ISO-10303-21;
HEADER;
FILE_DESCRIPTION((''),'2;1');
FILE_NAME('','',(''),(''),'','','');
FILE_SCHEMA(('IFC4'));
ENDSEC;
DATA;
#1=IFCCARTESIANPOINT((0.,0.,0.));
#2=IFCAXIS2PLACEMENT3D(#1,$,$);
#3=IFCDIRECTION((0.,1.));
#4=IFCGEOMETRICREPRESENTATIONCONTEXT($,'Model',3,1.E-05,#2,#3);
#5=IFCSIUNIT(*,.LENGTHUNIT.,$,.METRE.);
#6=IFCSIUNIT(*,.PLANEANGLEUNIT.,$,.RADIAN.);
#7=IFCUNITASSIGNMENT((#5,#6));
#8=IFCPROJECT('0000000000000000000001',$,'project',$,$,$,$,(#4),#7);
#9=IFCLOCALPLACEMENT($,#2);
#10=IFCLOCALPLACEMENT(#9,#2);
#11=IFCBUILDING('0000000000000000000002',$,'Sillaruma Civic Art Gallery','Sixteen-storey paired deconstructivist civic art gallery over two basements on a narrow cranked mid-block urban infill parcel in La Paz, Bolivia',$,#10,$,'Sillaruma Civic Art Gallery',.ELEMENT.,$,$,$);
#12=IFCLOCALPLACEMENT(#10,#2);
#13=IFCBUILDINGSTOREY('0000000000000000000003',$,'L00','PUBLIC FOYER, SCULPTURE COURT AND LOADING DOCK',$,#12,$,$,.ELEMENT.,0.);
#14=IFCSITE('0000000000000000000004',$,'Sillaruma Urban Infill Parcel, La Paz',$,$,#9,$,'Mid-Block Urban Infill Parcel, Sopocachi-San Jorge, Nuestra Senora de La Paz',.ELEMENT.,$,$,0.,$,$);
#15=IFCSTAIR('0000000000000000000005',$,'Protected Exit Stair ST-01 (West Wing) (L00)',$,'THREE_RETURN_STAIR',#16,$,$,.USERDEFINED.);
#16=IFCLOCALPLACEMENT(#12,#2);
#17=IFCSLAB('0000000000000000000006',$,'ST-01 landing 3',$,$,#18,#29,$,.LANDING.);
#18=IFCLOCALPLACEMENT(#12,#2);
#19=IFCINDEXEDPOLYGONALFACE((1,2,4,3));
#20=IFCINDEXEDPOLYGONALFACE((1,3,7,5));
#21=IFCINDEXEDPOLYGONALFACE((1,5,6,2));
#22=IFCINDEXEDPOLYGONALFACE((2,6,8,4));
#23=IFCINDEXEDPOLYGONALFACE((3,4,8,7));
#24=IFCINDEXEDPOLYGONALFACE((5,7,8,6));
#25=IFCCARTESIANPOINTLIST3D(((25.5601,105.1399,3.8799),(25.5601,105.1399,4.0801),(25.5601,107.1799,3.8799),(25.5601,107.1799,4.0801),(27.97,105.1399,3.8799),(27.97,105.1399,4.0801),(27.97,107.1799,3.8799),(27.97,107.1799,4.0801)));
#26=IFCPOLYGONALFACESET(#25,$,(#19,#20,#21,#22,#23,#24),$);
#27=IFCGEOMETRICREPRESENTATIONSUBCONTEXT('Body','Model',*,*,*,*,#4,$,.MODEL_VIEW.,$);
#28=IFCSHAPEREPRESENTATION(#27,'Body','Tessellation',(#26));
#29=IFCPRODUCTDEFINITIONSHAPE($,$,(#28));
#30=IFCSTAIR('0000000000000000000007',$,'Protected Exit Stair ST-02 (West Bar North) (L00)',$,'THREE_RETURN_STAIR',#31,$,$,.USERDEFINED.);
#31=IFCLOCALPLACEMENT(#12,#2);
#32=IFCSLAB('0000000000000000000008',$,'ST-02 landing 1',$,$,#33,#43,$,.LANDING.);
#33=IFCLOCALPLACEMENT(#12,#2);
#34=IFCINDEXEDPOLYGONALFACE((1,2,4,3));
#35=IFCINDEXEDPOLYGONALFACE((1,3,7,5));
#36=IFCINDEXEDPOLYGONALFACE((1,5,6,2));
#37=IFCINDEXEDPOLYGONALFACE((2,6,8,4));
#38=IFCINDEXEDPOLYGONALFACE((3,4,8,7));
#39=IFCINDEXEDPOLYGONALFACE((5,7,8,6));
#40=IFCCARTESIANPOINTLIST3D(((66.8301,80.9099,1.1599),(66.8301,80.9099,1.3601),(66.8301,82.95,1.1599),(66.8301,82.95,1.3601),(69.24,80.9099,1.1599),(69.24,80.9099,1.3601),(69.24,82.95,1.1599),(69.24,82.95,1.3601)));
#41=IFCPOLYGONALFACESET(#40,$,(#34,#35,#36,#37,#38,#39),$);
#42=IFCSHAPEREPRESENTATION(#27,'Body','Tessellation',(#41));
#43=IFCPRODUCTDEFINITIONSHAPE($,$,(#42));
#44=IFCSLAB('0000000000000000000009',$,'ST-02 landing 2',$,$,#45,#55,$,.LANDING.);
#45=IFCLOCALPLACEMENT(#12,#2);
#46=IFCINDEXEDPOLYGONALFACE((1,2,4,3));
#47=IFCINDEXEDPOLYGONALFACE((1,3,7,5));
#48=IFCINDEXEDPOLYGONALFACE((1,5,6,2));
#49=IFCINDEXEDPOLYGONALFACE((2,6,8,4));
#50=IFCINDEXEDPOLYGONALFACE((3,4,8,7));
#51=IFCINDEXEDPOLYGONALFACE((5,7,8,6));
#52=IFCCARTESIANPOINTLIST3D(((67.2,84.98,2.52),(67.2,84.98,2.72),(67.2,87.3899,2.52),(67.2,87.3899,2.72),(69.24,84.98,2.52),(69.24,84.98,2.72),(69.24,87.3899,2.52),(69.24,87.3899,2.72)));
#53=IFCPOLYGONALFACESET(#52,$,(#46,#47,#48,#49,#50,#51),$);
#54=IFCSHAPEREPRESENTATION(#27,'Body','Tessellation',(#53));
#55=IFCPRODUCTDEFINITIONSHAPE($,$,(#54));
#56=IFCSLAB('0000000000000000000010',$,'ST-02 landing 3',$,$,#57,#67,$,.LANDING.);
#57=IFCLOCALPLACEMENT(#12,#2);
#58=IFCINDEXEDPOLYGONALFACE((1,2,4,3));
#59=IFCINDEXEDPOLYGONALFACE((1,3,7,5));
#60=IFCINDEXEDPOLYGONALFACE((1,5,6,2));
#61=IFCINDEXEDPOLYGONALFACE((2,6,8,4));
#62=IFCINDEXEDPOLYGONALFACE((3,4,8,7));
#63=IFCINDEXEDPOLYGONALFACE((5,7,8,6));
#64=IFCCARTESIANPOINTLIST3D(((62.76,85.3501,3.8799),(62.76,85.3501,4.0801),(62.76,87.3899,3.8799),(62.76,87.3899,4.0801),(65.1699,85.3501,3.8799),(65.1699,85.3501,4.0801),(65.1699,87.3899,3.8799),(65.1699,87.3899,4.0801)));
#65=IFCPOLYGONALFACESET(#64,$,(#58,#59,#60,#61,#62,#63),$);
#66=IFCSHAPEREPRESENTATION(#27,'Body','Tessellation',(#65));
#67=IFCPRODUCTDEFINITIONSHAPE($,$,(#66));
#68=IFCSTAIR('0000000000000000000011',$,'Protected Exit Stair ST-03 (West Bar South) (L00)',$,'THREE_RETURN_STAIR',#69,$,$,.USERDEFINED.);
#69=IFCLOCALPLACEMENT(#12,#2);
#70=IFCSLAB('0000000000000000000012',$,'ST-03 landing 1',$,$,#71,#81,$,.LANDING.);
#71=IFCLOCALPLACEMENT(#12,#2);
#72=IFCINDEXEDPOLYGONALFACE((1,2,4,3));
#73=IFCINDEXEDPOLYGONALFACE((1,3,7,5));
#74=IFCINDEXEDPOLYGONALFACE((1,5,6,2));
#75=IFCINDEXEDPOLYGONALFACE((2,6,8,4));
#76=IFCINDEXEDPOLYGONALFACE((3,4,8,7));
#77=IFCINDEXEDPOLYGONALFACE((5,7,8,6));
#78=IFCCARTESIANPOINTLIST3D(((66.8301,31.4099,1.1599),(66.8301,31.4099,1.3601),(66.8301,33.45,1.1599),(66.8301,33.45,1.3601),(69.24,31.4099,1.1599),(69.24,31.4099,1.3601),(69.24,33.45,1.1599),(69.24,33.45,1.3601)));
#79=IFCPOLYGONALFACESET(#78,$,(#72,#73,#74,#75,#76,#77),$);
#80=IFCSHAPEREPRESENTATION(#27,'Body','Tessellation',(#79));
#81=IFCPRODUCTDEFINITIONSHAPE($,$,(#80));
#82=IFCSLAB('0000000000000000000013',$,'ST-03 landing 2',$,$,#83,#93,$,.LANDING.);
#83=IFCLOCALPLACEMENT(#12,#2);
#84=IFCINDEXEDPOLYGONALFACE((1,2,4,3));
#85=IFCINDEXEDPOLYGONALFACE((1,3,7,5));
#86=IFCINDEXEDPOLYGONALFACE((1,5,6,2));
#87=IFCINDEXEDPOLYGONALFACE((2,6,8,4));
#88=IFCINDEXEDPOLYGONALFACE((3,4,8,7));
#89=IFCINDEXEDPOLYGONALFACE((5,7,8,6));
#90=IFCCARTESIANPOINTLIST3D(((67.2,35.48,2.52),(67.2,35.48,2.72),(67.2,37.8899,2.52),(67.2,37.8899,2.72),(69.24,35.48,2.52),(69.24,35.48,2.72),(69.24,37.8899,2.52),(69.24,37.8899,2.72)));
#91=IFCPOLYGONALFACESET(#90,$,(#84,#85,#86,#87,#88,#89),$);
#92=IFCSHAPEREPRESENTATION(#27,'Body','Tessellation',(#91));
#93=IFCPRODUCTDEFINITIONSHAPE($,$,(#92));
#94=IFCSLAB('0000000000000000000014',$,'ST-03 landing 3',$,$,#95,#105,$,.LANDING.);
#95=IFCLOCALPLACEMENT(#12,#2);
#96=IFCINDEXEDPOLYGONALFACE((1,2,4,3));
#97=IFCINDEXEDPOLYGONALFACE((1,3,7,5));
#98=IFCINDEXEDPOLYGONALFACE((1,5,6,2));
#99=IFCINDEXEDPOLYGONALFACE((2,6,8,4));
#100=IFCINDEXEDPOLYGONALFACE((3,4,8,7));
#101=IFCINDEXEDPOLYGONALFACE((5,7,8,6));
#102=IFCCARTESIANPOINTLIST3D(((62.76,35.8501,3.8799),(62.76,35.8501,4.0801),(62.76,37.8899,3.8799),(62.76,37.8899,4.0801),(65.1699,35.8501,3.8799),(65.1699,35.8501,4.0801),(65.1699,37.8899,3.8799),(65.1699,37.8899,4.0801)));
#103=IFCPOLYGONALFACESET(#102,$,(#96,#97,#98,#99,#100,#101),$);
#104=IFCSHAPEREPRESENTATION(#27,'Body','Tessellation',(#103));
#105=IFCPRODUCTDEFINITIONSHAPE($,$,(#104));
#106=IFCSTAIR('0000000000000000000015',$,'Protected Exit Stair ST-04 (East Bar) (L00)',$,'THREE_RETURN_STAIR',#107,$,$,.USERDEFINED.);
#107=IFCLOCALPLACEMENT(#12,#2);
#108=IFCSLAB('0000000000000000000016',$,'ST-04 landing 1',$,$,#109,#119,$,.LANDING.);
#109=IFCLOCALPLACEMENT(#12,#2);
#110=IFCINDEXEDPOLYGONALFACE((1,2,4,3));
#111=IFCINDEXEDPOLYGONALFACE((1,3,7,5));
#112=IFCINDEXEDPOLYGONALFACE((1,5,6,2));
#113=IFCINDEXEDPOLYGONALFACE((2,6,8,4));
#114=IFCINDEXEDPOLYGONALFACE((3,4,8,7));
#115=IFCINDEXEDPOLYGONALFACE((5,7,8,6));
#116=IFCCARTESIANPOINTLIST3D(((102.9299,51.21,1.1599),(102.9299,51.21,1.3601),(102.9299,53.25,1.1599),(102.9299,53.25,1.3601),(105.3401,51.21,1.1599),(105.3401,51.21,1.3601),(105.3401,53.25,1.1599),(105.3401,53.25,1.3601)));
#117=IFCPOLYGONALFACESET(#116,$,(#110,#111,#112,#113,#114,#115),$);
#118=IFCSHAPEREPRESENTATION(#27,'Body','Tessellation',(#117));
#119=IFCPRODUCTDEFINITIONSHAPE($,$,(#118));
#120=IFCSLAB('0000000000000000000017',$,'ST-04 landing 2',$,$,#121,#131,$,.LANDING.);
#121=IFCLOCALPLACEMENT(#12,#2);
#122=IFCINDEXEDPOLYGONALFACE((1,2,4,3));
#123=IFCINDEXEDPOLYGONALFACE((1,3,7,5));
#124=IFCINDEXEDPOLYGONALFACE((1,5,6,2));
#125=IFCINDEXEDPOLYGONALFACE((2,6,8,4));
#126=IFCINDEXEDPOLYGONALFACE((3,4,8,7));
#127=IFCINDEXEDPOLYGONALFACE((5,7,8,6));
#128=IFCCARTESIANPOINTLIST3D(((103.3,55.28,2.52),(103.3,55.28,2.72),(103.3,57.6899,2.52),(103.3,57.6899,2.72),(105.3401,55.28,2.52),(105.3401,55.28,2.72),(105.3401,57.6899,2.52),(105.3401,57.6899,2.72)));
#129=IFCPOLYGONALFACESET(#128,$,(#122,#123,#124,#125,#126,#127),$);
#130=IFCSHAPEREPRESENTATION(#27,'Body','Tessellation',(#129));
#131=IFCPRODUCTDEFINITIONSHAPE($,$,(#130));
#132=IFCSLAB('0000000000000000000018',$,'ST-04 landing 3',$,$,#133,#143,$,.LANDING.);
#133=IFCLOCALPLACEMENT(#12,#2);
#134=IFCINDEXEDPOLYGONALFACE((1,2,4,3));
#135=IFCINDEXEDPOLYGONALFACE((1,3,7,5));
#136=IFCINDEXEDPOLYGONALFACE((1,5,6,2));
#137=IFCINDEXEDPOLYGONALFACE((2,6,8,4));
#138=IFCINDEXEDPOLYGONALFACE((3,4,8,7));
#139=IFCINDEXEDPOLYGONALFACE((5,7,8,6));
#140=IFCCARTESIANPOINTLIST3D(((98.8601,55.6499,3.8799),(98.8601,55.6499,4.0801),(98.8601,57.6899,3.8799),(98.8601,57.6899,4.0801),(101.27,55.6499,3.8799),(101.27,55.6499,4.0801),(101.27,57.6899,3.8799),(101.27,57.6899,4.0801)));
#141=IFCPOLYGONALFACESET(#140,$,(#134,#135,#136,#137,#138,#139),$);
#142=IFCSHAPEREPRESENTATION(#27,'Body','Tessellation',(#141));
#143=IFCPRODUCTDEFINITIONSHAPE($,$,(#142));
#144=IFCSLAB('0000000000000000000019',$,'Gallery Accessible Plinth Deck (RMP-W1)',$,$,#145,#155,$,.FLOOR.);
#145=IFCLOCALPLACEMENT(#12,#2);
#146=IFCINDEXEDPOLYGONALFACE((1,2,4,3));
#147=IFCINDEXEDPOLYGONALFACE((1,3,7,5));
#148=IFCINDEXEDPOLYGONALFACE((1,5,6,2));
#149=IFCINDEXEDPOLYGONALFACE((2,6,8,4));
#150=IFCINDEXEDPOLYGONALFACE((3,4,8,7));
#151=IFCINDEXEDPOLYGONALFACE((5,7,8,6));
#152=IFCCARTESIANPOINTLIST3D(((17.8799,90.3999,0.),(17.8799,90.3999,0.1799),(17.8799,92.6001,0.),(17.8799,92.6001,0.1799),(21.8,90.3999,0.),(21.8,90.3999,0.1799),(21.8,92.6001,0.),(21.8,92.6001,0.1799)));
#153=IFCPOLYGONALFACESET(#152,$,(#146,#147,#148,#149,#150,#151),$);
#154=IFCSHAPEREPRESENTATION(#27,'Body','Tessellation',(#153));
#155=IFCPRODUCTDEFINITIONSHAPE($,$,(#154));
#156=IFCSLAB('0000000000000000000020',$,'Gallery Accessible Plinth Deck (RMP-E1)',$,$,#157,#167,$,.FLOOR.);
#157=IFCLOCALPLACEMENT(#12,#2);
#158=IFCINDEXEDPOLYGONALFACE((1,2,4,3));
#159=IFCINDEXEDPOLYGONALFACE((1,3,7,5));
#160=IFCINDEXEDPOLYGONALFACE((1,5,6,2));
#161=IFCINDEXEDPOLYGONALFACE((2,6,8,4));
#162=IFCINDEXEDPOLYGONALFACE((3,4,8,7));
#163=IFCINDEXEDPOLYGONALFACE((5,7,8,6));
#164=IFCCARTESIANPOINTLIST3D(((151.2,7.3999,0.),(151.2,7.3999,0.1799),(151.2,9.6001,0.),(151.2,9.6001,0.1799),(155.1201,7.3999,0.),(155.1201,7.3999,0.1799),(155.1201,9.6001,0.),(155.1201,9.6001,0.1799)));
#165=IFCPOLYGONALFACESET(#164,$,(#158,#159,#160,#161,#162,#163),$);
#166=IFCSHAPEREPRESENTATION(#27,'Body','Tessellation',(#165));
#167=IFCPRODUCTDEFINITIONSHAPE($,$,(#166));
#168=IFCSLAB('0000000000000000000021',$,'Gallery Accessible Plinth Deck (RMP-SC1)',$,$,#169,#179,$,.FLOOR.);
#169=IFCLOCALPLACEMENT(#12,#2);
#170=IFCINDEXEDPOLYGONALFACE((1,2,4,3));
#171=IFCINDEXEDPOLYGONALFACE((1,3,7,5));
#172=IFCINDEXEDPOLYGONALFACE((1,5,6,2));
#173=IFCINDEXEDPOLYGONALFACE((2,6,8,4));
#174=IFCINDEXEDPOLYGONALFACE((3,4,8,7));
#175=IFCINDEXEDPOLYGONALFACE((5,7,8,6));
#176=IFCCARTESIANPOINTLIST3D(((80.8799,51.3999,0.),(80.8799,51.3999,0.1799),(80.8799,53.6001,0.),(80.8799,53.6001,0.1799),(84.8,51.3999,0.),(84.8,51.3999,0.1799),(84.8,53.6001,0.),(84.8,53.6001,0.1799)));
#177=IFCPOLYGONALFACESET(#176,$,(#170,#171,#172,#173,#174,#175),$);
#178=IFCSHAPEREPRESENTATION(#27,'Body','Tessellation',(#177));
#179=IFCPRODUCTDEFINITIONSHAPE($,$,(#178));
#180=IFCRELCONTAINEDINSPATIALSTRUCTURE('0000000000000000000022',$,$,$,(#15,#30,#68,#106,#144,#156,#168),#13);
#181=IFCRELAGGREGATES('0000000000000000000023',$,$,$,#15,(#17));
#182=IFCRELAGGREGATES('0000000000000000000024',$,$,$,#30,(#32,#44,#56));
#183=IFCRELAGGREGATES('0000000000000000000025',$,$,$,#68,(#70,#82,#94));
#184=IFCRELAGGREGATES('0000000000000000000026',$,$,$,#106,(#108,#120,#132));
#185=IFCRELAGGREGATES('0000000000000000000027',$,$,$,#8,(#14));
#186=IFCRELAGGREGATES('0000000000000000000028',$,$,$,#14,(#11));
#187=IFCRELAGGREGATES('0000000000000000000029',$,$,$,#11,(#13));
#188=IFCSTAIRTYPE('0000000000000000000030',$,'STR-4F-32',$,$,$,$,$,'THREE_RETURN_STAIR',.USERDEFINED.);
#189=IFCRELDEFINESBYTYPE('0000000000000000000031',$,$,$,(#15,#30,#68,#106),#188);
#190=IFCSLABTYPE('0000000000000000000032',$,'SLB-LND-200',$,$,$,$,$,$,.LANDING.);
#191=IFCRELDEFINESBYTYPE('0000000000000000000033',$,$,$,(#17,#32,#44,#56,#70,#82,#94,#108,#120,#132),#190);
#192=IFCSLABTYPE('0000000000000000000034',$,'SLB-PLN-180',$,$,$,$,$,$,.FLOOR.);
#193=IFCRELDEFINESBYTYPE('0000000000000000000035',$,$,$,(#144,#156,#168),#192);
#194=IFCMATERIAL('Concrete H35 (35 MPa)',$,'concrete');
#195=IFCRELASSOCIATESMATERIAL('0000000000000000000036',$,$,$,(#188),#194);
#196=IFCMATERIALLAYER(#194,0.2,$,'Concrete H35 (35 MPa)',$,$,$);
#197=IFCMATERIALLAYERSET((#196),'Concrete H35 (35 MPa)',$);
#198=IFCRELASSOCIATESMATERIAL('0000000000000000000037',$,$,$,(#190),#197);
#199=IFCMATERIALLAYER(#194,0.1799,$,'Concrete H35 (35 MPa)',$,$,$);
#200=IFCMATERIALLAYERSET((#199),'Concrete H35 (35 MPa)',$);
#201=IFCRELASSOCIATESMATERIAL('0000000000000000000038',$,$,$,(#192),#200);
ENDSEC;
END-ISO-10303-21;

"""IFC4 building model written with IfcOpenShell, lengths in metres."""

from ifc_helpers import new_model, si_unit, direction, frame, origin, place, context, subcontext, project, spatial, polyline, outline, extrude, material, layer, layer_set, type_object, element, aggregate, save


model = new_model("IFC4")

# Units and contexts
model_context = context("Model", 3, precision=1e-05, world=origin(), true_north=direction((0.0, 1.0)))
body_context = subcontext(model_context, "Body", "Model", "MODEL_VIEW")
ifc_project = project(units=[si_unit("LENGTHUNIT", "METRE"), si_unit("PLANEANGLEUNIT", "RADIAN")], contexts=[model_context])

# Site, building, storey
site_placement = place(None, origin())
site = spatial("IfcSite", under=ifc_project, at=site_placement, Name="Sillaruma Urban Infill Parcel, La Paz", LongName="Mid-Block Urban Infill Parcel, Sopocachi-San Jorge, Nuestra Senora de La Paz", CompositionType="ELEMENT", RefElevation=0.0)
building_placement = place(site_placement, origin())
building = spatial("IfcBuilding", under=site, at=building_placement, Name="Sillaruma Civic Art Gallery", Description="Sixteen-storey paired deconstructivist civic art gallery over two basements on a narrow cranked mid-block urban infill parcel in La Paz, Bolivia", LongName="Sillaruma Civic Art Gallery", CompositionType="ELEMENT")
storey_placement = place(building_placement, origin())
storey = spatial("IfcBuildingStorey", under=building, at=storey_placement, Name="L00", Description="PUBLIC FOYER, SCULPTURE COURT AND LOADING DOCK", CompositionType="ELEMENT", Elevation=0.0)

# Shared definitions
ifc_material = material(Name="Concrete H35 (35 MPa)", Category="concrete")

# Stairs, slabs
stair_type = type_object("IfcStairType", Name="STR-4F-32", ElementType="THREE_RETURN_STAIR", PredefinedType="USERDEFINED", material=ifc_material)
stair_1_placement = place(storey_placement, origin())
stair_1 = element("IfcStair", 1, at=stair_1_placement, inside=storey, type_object=stair_type, Name="Protected Exit Stair ST-01 (West Wing) (L00)", ObjectType="THREE_RETURN_STAIR", PredefinedType="USERDEFINED")
ifc_layer_1 = layer(ifc_material, 0.2, Name="Concrete H35 (35 MPa)")
ifc_layer_set_1 = layer_set([ifc_layer_1], Name="Concrete H35 (35 MPa)")
slab_type_1 = type_object("IfcSlabType", Name="SLB-LND-200", PredefinedType="LANDING", material=ifc_layer_set_1)
slab_1_placement = place(storey_placement, frame((0.0, 0.0, 3.8799)))
slab_1 = element("IfcSlab", 2, at=slab_1_placement, type_object=slab_type_1, Name="ST-01 landing 3", PredefinedType="LANDING", context=body_context, shape_type="SweptSolid", body=[
    extrude(outline(polyline([(25.5601, 105.1399), (27.97, 105.1399), (27.97, 107.1799), (25.5601, 107.1799), (25.5601, 105.1399)])), origin(), (0.0, 0.0, 1.0), 0.2002),
])
aggregate(stair_1, [slab_1])
stair_2_placement = place(storey_placement, origin())
stair_2 = element("IfcStair", 3, at=stair_2_placement, inside=storey, type_object=stair_type, Name="Protected Exit Stair ST-02 (West Bar North) (L00)", ObjectType="THREE_RETURN_STAIR", PredefinedType="USERDEFINED")
slab_2_placement = place(storey_placement, frame((0.0, 0.0, 1.1599)))
slab_2 = element("IfcSlab", 4, at=slab_2_placement, type_object=slab_type_1, Name="ST-02 landing 1", PredefinedType="LANDING", context=body_context, shape_type="SweptSolid", body=[
    extrude(outline(polyline([(66.8301, 80.9099), (69.24, 80.9099), (69.24, 82.95), (66.8301, 82.95), (66.8301, 80.9099)])), origin(), (0.0, 0.0, 1.0), 0.2002),
])
slab_3_placement = place(storey_placement, frame((0.0, 0.0, 2.52)))
slab_3 = element("IfcSlab", 5, at=slab_3_placement, type_object=slab_type_1, Name="ST-02 landing 2", PredefinedType="LANDING", context=body_context, shape_type="SweptSolid", body=[
    extrude(outline(polyline([(67.2, 84.98), (69.24, 84.98), (69.24, 87.3899), (67.2, 87.3899), (67.2, 84.98)])), origin(), (0.0, 0.0, 1.0), 0.2),
])
slab_4_placement = place(storey_placement, frame((0.0, 0.0, 3.8799)))
slab_4 = element("IfcSlab", 6, at=slab_4_placement, type_object=slab_type_1, Name="ST-02 landing 3", PredefinedType="LANDING", context=body_context, shape_type="SweptSolid", body=[
    extrude(outline(polyline([(62.76, 85.3501), (65.1699, 85.3501), (65.1699, 87.3899), (62.76, 87.3899), (62.76, 85.3501)])), origin(), (0.0, 0.0, 1.0), 0.2002),
])
aggregate(stair_2, [slab_2, slab_3, slab_4])
stair_3_placement = place(storey_placement, origin())
stair_3 = element("IfcStair", 7, at=stair_3_placement, inside=storey, type_object=stair_type, Name="Protected Exit Stair ST-03 (West Bar South) (L00)", ObjectType="THREE_RETURN_STAIR", PredefinedType="USERDEFINED")
slab_5_placement = place(storey_placement, frame((0.0, 0.0, 1.1599)))
slab_5 = element("IfcSlab", 8, at=slab_5_placement, type_object=slab_type_1, Name="ST-03 landing 1", PredefinedType="LANDING", context=body_context, shape_type="SweptSolid", body=[
    extrude(outline(polyline([(66.8301, 31.4099), (69.24, 31.4099), (69.24, 33.45), (66.8301, 33.45), (66.8301, 31.4099)])), origin(), (0.0, 0.0, 1.0), 0.2002),
])
slab_6_placement = place(storey_placement, frame((0.0, 0.0, 2.52)))
slab_6 = element("IfcSlab", 9, at=slab_6_placement, type_object=slab_type_1, Name="ST-03 landing 2", PredefinedType="LANDING", context=body_context, shape_type="SweptSolid", body=[
    extrude(outline(polyline([(67.2, 35.48), (69.24, 35.48), (69.24, 37.8899), (67.2, 37.8899), (67.2, 35.48)])), origin(), (0.0, 0.0, 1.0), 0.2),
])
slab_7_placement = place(storey_placement, frame((0.0, 0.0, 3.8799)))
slab_7 = element("IfcSlab", 10, at=slab_7_placement, type_object=slab_type_1, Name="ST-03 landing 3", PredefinedType="LANDING", context=body_context, shape_type="SweptSolid", body=[
    extrude(outline(polyline([(62.76, 35.8501), (65.1699, 35.8501), (65.1699, 37.8899), (62.76, 37.8899), (62.76, 35.8501)])), origin(), (0.0, 0.0, 1.0), 0.2002),
])
aggregate(stair_3, [slab_5, slab_6, slab_7])
stair_4_placement = place(storey_placement, origin())
stair_4 = element("IfcStair", 11, at=stair_4_placement, inside=storey, type_object=stair_type, Name="Protected Exit Stair ST-04 (East Bar) (L00)", ObjectType="THREE_RETURN_STAIR", PredefinedType="USERDEFINED")
slab_8_placement = place(storey_placement, frame((0.0, 0.0, 1.1599)))
slab_8 = element("IfcSlab", 12, at=slab_8_placement, type_object=slab_type_1, Name="ST-04 landing 1", PredefinedType="LANDING", context=body_context, shape_type="SweptSolid", body=[
    extrude(outline(polyline([(102.9299, 51.21), (105.3401, 51.21), (105.3401, 53.25), (102.9299, 53.25), (102.9299, 51.21)])), origin(), (0.0, 0.0, 1.0), 0.2002),
])
slab_9_placement = place(storey_placement, frame((0.0, 0.0, 2.52)))
slab_9 = element("IfcSlab", 13, at=slab_9_placement, type_object=slab_type_1, Name="ST-04 landing 2", PredefinedType="LANDING", context=body_context, shape_type="SweptSolid", body=[
    extrude(outline(polyline([(103.3, 55.28), (105.3401, 55.28), (105.3401, 57.6899), (103.3, 57.6899), (103.3, 55.28)])), origin(), (0.0, 0.0, 1.0), 0.2),
])
slab_10_placement = place(storey_placement, frame((0.0, 0.0, 3.8799)))
slab_10 = element("IfcSlab", 14, at=slab_10_placement, type_object=slab_type_1, Name="ST-04 landing 3", PredefinedType="LANDING", context=body_context, shape_type="SweptSolid", body=[
    extrude(outline(polyline([(98.8601, 55.6499), (101.27, 55.6499), (101.27, 57.6899), (98.8601, 57.6899), (98.8601, 55.6499)])), origin(), (0.0, 0.0, 1.0), 0.2002),
])
aggregate(stair_4, [slab_8, slab_9, slab_10])

# Slabs
ifc_layer_2 = layer(ifc_material, 0.1799, Name="Concrete H35 (35 MPa)")
ifc_layer_set_2 = layer_set([ifc_layer_2], Name="Concrete H35 (35 MPa)")
slab_type_2 = type_object("IfcSlabType", Name="SLB-PLN-180", PredefinedType="FLOOR", material=ifc_layer_set_2)
slab_11_placement = place(storey_placement, origin())
element("IfcSlab", 15, at=slab_11_placement, inside=storey, type_object=slab_type_2, Name="Gallery Accessible Plinth Deck (RMP-W1)", PredefinedType="FLOOR", context=body_context, shape_type="SweptSolid", body=[
    extrude(outline(polyline([(17.8799, 90.3999), (21.8, 90.3999), (21.8, 92.6001), (17.8799, 92.6001), (17.8799, 90.3999)])), origin(), (0.0, 0.0, 1.0), 0.1799),
])
slab_12_placement = place(storey_placement, origin())
element("IfcSlab", 16, at=slab_12_placement, inside=storey, type_object=slab_type_2, Name="Gallery Accessible Plinth Deck (RMP-E1)", PredefinedType="FLOOR", context=body_context, shape_type="SweptSolid", body=[
    extrude(outline(polyline([(151.2, 7.3999), (155.1201, 7.3999), (155.1201, 9.6001), (151.2, 9.6001), (151.2, 7.3999)])), origin(), (0.0, 0.0, 1.0), 0.1799),
])
slab_13_placement = place(storey_placement, origin())
element("IfcSlab", 17, at=slab_13_placement, inside=storey, type_object=slab_type_2, Name="Gallery Accessible Plinth Deck (RMP-SC1)", PredefinedType="FLOOR", context=body_context, shape_type="SweptSolid", body=[
    extrude(outline(polyline([(80.8799, 51.3999), (84.8, 51.3999), (84.8, 53.6001), (80.8799, 53.6001), (80.8799, 51.3999)])), origin(), (0.0, 0.0, 1.0), 0.1799),
])

save(model, "model.ifc")
